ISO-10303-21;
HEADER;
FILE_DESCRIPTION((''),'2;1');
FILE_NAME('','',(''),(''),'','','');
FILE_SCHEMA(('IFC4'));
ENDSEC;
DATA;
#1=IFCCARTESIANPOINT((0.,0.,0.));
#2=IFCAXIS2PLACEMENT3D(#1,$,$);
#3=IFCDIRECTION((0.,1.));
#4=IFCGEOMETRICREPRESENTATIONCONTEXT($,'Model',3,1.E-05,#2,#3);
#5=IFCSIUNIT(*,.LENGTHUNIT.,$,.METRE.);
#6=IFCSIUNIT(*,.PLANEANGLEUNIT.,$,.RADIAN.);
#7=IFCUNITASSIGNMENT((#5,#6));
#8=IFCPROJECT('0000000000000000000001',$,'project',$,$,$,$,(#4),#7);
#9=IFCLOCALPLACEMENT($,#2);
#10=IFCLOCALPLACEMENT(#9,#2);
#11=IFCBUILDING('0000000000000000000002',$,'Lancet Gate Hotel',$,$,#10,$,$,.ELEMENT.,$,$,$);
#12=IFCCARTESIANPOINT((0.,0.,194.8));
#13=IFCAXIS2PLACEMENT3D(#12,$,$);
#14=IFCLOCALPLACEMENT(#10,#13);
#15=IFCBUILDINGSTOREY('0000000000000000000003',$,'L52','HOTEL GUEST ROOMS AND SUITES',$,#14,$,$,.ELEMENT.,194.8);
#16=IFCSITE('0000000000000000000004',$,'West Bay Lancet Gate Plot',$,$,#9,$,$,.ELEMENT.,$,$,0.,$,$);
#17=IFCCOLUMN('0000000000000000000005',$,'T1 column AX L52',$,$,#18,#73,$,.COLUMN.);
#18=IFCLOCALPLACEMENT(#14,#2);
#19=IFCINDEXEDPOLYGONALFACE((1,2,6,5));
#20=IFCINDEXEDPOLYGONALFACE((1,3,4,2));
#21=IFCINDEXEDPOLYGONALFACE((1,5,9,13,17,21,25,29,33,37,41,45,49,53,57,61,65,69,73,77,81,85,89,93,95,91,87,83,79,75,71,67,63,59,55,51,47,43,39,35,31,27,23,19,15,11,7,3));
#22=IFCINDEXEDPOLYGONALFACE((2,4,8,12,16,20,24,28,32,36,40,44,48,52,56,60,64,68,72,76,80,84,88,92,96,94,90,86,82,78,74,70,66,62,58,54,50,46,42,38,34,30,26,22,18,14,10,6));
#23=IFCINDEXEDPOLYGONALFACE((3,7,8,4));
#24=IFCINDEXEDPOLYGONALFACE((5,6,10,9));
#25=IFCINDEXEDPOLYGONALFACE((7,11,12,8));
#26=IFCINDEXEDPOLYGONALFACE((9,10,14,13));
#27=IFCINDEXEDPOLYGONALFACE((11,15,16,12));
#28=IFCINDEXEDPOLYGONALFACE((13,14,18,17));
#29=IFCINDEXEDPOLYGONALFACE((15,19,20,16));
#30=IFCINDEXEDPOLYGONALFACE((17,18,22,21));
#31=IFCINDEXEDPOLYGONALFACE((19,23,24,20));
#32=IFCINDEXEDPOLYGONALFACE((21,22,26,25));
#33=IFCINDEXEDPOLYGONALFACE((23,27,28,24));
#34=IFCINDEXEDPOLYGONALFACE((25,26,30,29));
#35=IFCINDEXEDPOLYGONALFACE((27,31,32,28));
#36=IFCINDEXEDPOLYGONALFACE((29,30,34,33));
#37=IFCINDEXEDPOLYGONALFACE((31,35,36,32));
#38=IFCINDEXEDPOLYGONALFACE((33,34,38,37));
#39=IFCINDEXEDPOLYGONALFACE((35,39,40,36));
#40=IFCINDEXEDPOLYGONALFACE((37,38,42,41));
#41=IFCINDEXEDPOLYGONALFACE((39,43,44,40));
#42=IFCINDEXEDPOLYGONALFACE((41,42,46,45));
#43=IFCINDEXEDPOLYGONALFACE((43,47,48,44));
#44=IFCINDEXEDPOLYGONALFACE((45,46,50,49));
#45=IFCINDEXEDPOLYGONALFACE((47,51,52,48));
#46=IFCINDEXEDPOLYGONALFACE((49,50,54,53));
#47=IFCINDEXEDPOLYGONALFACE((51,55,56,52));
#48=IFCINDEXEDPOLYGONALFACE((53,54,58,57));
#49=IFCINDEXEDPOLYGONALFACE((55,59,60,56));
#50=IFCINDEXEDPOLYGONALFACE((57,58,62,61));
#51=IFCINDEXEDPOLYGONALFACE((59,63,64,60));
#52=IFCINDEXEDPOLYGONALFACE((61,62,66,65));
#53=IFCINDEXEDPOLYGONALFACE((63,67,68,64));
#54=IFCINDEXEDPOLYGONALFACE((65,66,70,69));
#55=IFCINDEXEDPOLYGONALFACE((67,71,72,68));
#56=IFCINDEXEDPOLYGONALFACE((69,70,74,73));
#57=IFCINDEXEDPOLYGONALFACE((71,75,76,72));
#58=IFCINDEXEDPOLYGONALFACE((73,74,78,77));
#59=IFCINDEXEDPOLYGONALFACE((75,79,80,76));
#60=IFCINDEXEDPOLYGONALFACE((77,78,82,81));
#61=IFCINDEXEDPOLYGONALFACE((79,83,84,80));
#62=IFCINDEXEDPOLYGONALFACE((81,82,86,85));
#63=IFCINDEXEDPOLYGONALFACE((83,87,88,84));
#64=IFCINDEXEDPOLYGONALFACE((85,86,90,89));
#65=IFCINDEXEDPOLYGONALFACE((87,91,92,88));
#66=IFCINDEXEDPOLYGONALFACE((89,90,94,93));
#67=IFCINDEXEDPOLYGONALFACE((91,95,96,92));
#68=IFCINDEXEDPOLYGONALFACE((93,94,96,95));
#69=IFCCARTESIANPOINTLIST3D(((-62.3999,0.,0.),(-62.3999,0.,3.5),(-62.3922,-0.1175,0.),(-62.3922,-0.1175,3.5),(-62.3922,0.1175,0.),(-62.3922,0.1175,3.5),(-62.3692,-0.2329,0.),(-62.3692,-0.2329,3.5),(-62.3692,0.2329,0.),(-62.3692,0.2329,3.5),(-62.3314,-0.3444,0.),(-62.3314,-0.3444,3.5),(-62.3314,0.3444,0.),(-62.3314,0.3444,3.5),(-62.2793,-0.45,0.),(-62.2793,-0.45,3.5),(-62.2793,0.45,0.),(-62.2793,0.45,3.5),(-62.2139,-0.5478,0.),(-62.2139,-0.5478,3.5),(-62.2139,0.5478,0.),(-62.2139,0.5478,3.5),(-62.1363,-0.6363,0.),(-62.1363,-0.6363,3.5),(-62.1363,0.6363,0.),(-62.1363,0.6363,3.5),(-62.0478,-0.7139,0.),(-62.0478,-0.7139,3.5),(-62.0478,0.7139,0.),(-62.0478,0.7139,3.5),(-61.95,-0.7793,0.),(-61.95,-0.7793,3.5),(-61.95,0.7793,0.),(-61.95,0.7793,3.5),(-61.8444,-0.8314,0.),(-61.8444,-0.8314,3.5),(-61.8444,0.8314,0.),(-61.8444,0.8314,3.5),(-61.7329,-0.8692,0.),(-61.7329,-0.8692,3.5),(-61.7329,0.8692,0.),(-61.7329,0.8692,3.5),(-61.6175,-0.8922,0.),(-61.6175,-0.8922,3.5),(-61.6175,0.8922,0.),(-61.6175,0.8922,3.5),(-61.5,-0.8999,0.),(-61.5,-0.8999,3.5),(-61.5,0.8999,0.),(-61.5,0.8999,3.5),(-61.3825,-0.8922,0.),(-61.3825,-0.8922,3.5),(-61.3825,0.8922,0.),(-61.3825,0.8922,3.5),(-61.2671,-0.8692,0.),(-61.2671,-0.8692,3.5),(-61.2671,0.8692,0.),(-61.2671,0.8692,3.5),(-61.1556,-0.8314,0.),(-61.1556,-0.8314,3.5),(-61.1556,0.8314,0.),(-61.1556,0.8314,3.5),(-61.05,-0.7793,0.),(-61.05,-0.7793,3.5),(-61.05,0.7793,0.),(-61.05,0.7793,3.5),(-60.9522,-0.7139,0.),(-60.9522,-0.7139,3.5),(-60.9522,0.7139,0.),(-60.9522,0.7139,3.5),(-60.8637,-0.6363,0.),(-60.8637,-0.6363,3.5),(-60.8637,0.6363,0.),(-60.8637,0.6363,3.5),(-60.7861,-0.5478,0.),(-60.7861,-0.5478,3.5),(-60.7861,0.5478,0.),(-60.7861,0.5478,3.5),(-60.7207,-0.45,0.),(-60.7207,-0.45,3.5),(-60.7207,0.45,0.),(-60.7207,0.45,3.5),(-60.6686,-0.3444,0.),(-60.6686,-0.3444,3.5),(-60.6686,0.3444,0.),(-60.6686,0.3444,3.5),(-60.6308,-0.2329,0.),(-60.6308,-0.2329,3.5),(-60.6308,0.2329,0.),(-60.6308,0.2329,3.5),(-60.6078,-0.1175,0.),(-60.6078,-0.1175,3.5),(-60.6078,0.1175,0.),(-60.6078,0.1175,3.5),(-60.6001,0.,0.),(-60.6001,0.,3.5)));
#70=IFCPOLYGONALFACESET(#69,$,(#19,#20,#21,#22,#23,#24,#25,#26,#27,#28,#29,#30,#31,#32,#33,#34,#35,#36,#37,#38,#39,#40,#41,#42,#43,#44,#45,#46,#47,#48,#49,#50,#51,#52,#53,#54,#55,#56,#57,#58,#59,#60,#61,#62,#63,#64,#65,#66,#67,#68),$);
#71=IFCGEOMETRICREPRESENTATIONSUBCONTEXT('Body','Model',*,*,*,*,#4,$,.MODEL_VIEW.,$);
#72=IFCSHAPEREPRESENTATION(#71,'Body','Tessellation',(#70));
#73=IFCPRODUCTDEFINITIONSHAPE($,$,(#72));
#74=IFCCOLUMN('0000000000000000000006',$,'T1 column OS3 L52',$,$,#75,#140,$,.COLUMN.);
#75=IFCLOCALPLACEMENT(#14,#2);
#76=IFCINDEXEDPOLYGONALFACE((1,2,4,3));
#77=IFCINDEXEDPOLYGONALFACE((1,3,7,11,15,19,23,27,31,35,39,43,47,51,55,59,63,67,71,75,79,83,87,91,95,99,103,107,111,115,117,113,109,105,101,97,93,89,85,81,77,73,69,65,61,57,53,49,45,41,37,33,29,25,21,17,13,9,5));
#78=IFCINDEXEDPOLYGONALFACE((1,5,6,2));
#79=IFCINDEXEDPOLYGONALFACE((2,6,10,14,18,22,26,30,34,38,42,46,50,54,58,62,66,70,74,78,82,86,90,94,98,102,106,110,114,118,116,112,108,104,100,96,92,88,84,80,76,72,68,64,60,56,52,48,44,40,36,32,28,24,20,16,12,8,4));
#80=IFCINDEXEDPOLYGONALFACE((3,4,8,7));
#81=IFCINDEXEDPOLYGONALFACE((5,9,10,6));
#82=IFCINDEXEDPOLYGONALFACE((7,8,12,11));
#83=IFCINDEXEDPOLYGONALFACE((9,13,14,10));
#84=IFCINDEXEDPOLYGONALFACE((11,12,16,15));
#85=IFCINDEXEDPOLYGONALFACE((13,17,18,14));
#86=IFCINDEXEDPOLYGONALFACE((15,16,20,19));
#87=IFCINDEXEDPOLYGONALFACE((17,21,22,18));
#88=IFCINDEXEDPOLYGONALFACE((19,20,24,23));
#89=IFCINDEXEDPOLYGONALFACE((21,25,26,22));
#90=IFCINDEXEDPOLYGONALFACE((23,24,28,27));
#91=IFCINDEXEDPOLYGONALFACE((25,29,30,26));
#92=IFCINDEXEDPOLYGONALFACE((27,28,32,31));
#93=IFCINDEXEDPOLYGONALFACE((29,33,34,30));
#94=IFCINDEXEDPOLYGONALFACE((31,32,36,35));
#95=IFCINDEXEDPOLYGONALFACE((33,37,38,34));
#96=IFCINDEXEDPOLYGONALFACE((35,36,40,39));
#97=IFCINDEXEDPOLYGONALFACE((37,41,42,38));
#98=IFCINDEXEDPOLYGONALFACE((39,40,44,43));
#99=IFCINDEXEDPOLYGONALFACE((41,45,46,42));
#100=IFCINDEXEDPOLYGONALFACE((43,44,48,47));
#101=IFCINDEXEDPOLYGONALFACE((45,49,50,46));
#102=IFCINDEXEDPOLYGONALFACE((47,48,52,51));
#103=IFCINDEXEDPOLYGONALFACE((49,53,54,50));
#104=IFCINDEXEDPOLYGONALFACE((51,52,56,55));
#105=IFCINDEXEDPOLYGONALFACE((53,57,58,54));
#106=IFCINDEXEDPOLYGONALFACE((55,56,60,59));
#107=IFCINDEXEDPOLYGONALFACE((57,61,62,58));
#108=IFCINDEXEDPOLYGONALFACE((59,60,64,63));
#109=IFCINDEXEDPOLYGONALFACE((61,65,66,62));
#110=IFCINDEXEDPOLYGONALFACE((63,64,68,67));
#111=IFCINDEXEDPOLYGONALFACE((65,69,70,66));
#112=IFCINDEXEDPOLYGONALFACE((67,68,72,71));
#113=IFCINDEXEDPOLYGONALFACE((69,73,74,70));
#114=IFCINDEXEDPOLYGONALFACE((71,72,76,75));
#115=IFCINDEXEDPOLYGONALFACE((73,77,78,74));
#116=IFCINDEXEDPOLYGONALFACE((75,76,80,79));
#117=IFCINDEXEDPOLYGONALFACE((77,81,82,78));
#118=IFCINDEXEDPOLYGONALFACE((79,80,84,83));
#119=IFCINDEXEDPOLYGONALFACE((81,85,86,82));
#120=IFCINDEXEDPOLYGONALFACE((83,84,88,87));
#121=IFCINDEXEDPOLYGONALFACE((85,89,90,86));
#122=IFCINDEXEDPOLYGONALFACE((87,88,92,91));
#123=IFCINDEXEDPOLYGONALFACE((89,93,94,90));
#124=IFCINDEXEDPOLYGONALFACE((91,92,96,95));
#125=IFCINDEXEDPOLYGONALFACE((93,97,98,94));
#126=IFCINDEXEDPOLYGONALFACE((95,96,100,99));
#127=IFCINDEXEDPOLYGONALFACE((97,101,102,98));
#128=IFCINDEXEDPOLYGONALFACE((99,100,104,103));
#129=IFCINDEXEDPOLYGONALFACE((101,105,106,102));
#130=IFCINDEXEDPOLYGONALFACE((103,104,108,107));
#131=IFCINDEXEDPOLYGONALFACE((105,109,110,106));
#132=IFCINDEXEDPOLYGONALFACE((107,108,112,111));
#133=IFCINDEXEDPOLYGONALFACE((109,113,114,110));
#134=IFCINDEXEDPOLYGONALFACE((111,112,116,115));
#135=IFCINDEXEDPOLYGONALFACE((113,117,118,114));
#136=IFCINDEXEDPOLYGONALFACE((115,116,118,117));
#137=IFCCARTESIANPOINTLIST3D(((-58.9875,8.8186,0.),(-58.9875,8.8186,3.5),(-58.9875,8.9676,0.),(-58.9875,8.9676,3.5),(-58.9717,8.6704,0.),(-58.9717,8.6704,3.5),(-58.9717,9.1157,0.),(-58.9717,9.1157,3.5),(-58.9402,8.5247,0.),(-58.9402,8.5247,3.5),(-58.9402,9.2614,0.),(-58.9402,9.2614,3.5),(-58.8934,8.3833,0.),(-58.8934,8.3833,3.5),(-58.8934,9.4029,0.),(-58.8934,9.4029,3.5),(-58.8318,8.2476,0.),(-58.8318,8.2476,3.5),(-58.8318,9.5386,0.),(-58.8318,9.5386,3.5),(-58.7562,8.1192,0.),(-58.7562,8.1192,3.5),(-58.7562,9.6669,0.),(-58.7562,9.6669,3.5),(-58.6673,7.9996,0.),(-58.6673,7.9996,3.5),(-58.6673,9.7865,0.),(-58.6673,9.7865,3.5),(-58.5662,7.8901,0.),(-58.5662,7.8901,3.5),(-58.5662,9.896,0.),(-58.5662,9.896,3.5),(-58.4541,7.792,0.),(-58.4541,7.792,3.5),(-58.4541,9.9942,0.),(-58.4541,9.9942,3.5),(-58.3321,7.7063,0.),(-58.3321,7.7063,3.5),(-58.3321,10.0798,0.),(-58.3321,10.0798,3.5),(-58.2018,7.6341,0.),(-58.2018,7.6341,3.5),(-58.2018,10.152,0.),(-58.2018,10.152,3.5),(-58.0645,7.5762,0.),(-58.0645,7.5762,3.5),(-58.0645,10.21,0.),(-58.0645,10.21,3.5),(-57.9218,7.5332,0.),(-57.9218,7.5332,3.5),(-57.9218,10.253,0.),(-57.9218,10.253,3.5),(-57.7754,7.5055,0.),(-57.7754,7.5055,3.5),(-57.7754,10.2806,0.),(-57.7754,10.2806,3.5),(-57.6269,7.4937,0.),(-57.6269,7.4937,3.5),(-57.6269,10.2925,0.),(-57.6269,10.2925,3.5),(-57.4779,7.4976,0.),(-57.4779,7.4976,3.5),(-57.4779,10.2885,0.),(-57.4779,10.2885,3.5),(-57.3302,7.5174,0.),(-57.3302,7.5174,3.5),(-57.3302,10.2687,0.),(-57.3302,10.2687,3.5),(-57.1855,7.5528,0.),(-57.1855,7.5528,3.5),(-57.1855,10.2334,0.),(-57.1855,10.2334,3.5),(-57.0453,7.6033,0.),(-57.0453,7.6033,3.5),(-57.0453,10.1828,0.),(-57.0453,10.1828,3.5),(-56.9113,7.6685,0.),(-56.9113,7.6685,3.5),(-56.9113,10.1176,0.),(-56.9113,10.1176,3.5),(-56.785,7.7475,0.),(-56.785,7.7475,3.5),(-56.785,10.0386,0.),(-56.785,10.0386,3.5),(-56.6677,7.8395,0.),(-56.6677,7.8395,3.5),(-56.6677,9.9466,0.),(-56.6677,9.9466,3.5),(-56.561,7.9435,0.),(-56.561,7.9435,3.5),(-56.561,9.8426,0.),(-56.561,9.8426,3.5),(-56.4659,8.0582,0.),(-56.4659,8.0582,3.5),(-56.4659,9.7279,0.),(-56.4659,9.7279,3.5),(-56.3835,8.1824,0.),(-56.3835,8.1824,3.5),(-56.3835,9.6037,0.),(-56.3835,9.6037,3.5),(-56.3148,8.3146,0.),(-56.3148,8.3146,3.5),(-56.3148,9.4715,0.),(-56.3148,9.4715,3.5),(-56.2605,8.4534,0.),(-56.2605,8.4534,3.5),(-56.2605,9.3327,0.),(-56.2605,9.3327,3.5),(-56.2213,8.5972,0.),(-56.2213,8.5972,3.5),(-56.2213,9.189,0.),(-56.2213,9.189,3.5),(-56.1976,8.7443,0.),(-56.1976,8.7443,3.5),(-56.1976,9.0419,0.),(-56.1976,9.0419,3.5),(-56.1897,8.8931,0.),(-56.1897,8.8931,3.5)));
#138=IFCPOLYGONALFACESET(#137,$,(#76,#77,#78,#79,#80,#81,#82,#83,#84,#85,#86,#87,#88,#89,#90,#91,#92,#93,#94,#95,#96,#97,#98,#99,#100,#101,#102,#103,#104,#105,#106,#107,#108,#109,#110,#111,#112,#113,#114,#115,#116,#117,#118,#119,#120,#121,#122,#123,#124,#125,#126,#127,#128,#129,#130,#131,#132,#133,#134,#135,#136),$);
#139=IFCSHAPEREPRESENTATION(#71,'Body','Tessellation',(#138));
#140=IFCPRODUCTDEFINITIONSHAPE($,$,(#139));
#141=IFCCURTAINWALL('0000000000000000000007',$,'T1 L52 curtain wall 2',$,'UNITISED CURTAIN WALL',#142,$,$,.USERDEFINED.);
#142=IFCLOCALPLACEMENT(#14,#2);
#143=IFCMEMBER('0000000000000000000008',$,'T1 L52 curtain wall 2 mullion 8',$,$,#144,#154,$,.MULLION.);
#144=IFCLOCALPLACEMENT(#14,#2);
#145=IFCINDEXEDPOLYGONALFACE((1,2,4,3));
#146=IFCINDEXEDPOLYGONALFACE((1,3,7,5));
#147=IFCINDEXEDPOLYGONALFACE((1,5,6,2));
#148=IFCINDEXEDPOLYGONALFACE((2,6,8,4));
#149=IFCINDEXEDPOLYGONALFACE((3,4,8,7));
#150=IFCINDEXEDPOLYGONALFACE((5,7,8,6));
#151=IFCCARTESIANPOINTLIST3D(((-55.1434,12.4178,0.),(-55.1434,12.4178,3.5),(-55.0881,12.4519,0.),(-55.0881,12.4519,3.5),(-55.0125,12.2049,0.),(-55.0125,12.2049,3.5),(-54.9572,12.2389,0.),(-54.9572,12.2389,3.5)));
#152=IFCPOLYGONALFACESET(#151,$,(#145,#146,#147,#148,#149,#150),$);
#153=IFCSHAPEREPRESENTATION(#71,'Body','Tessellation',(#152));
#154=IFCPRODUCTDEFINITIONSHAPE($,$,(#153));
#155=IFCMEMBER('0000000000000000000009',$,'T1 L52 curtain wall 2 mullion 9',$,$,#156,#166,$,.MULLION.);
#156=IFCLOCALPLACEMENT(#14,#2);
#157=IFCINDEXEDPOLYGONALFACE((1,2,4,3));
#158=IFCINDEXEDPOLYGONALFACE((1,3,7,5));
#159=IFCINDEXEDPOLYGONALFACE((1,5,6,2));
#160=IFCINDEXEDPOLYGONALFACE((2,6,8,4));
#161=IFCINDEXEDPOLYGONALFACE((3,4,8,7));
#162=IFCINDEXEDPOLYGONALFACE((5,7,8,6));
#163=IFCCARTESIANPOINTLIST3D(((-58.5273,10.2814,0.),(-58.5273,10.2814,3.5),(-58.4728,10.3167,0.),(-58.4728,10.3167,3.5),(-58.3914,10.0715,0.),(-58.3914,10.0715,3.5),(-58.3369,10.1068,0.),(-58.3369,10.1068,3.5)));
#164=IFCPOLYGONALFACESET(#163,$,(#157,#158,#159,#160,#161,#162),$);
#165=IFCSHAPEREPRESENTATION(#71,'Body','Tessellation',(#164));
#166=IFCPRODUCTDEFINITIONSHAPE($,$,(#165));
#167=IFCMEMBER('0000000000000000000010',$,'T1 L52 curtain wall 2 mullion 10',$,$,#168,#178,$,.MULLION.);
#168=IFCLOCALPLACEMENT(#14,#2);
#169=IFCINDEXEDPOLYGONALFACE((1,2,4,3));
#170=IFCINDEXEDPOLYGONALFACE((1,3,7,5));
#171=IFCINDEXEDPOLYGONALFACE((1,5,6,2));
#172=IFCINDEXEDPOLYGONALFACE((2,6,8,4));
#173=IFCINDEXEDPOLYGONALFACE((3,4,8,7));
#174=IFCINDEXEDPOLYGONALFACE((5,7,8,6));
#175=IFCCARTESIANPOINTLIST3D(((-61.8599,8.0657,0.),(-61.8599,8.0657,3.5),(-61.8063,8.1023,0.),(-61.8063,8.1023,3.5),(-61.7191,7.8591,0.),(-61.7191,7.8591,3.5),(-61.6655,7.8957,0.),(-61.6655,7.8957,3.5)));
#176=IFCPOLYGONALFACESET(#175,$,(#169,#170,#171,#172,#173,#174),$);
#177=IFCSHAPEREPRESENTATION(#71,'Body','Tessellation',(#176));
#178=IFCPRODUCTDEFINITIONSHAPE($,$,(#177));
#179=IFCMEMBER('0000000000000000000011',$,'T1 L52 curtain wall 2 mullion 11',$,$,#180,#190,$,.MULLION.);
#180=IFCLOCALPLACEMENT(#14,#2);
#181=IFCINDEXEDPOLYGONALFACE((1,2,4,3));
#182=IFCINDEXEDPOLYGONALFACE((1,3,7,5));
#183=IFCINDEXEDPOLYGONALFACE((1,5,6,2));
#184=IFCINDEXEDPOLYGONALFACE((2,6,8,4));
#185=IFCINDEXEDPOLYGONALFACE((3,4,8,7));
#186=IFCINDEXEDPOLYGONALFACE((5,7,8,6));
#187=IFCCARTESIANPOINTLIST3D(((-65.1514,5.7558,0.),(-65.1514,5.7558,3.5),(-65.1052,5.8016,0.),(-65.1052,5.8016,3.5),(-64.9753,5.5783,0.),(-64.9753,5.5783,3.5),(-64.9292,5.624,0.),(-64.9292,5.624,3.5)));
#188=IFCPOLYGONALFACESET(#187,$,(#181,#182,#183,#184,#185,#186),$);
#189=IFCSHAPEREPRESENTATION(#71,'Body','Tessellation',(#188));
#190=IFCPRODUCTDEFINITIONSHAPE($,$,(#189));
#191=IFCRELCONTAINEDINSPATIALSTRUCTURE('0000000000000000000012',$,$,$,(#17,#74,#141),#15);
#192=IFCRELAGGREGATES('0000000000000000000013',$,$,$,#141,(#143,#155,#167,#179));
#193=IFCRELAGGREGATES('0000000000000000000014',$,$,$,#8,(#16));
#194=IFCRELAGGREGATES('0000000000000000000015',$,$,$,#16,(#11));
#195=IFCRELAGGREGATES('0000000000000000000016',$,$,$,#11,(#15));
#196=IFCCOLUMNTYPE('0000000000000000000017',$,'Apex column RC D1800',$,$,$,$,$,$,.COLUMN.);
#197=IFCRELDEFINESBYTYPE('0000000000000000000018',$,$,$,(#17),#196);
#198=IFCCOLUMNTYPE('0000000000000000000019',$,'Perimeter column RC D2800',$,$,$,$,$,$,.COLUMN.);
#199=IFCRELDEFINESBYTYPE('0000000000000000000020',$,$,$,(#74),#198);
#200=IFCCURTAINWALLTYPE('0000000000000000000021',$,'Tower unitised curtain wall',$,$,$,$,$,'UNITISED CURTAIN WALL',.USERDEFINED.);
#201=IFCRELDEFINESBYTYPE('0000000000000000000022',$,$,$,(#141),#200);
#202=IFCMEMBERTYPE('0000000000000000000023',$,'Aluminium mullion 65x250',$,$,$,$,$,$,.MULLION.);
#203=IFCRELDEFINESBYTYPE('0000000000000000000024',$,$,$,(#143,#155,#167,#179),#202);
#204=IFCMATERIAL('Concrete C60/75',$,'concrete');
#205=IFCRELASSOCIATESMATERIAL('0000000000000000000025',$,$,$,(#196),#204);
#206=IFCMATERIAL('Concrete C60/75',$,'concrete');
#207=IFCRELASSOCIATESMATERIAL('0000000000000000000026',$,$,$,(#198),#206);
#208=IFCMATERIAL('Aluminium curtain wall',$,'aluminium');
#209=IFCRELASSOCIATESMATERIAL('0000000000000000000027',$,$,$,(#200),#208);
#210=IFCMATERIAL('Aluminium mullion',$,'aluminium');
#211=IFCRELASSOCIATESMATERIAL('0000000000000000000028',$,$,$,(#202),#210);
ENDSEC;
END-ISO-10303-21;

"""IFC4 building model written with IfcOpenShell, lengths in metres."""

from ifc_helpers import new_model, si_unit, direction, frame, origin, origin_2d, place, context, subcontext, project, spatial, rectangle, circle, extrude, material, material_profile, profile_set, type_object, element, aggregate, save


model = new_model("IFC4")

# Units and contexts
model_context = context("Model", 3, precision=1e-05, world=origin(), true_north=direction((0.0, 1.0)))
body_context = subcontext(model_context, "Body", "Model", "MODEL_VIEW")
ifc_project = project(units=[si_unit("LENGTHUNIT", "METRE"), si_unit("PLANEANGLEUNIT", "RADIAN")], contexts=[model_context])

# Site, building, storey
site_placement = place(None, origin())
site = spatial("IfcSite", under=ifc_project, at=site_placement, Name="West Bay Lancet Gate Plot", CompositionType="ELEMENT", RefElevation=0.0)
building_placement = place(site_placement, origin())
building = spatial("IfcBuilding", under=site, at=building_placement, Name="Lancet Gate Hotel", CompositionType="ELEMENT")
storey_placement = place(building_placement, frame((0.0, 0.0, 194.8)))
storey = spatial("IfcBuildingStorey", under=building, at=storey_placement, Name="L52", Description="HOTEL GUEST ROOMS AND SUITES", CompositionType="ELEMENT", Elevation=194.8)

# Columns
ifc_material_1 = material(Name="Concrete C60/75", Category="concrete")
ifc_material_profile_1 = material_profile(ifc_material_1, circle(Radius=0.8999, at=origin_2d()), Name="RC D1800")
ifc_profile_set_1 = profile_set([ifc_material_profile_1], Name="Concrete C60/75")
column_type_1 = type_object("IfcColumnType", Name="Apex column RC D1800", PredefinedType="COLUMN", material=ifc_profile_set_1)
column_1_placement = place(storey_placement, frame((-61.5, 0.0, 0.0), z_axis=(0.0, 0.0, 1.0), x_axis=(1.0, 0.0, 0.0)))
element("IfcColumn", 1, at=column_1_placement, inside=storey, type_object=column_type_1, Name="T1 column AX L52", PredefinedType="COLUMN", context=body_context, shape_type="SweptSolid", body=[
    extrude(circle(Radius=0.8999, at=origin_2d()), origin(), (0.0, 0.0, 1.0), 3.5),
])
ifc_material_2 = material(Name="Concrete C60/75", Category="concrete")
ifc_material_profile_2 = material_profile(ifc_material_2, circle(Radius=1.3999, at=origin_2d()), Name="RC D2800")
ifc_profile_set_2 = profile_set([ifc_material_profile_2], Name="Concrete C60/75")
column_type_2 = type_object("IfcColumnType", Name="Perimeter column RC D2800", PredefinedType="COLUMN", material=ifc_profile_set_2)
column_2_placement = place(storey_placement, frame((-57.5896, 8.8931, 0.0), z_axis=(0.0, 0.0, 1.0), x_axis=(1.0, 0.0, 0.0)))
element("IfcColumn", 2, at=column_2_placement, inside=storey, type_object=column_type_2, Name="T1 column OS3 L52", PredefinedType="COLUMN", context=body_context, shape_type="SweptSolid", body=[
    extrude(circle(Radius=1.3999, at=origin_2d()), origin(), (0.0, 0.0, 1.0), 3.5),
])

# Curtain wall, members
ifc_material_3 = material(Name="Aluminium curtain wall", Category="aluminium")
curtain_wall_type = type_object("IfcCurtainWallType", Name="Tower unitised curtain wall", ElementType="UNITISED CURTAIN WALL", PredefinedType="USERDEFINED", material=ifc_material_3)
curtain_wall_placement = place(storey_placement, origin())
curtain_wall = element("IfcCurtainWall", 3, at=curtain_wall_placement, inside=storey, type_object=curtain_wall_type, Name="T1 L52 curtain wall 2", ObjectType="UNITISED CURTAIN WALL", PredefinedType="USERDEFINED")
ifc_material_4 = material(Name="Aluminium mullion", Category="aluminium")
ifc_material_profile_3 = material_profile(ifc_material_4, rectangle(XDim=0.0649, YDim=0.25, at=origin_2d()), Name="MULLION 65x250")
ifc_profile_set_3 = profile_set([ifc_material_profile_3], Name="Aluminium mullion")
member_type_1 = type_object("IfcMemberType", Name="Aluminium mullion 65x250", PredefinedType="MULLION", material=ifc_profile_set_3)
member_1_placement = place(storey_placement, frame((-55.0503, 12.3284, 0.0), z_axis=(0.0, 0.0, 1.0), x_axis=(-0.851886, -0.523728, 0.0)))
member_1 = element("IfcMember", 4, at=member_1_placement, type_object=member_type_1, Name="T1 L52 curtain wall 2 mullion 8", PredefinedType="MULLION", context=body_context, shape_type="SweptSolid", body=[
    extrude(rectangle(XDim=0.0649, YDim=0.25, at=origin_2d()), origin(), (0.0, 0.0, 1.0), 3.5),
])
member_2_placement = place(storey_placement, frame((-58.4321, 10.1941, 0.0), z_axis=(0.0, 0.0, 1.0), x_axis=(-0.839331, -0.543621, 0.0)))
member_2 = element("IfcMember", 5, at=member_2_placement, type_object=member_type_1, Name="T1 L52 curtain wall 2 mullion 9", PredefinedType="MULLION", context=body_context, shape_type="SweptSolid", body=[
    extrude(rectangle(XDim=0.0649, YDim=0.25, at=origin_2d()), origin(), (0.0, 0.0, 1.0), 3.5),
])
member_3_placement = place(storey_placement, frame((-61.7627, 7.9807, 0.0), z_axis=(0.0, 0.0, 1.0), x_axis=(-0.826312, -0.563212, 0.0)))
member_3 = element("IfcMember", 6, at=member_3_placement, type_object=member_type_1, Name="T1 L52 curtain wall 2 mullion 10", PredefinedType="MULLION", context=body_context, shape_type="SweptSolid", body=[
    extrude(rectangle(XDim=0.0649, YDim=0.25, at=origin_2d()), origin(), (0.0, 0.0, 1.0), 3.5),
])
member_4_placement = place(storey_placement, frame((-65.0403, 5.6899, 0.0), z_axis=(0.0, 0.0, 1.0), x_axis=(-0.710113, -0.704088, 0.0)))
member_4 = element("IfcMember", 7, at=member_4_placement, type_object=member_type_1, Name="T1 L52 curtain wall 2 mullion 11", PredefinedType="MULLION", context=body_context, shape_type="SweptSolid", body=[
    extrude(rectangle(XDim=0.0649, YDim=0.25, at=origin_2d()), origin(), (0.0, 0.0, 1.0), 3.5),
])

aggregate(curtain_wall, [member_1, member_2, member_3, member_4])

save(model, "model.ifc")
